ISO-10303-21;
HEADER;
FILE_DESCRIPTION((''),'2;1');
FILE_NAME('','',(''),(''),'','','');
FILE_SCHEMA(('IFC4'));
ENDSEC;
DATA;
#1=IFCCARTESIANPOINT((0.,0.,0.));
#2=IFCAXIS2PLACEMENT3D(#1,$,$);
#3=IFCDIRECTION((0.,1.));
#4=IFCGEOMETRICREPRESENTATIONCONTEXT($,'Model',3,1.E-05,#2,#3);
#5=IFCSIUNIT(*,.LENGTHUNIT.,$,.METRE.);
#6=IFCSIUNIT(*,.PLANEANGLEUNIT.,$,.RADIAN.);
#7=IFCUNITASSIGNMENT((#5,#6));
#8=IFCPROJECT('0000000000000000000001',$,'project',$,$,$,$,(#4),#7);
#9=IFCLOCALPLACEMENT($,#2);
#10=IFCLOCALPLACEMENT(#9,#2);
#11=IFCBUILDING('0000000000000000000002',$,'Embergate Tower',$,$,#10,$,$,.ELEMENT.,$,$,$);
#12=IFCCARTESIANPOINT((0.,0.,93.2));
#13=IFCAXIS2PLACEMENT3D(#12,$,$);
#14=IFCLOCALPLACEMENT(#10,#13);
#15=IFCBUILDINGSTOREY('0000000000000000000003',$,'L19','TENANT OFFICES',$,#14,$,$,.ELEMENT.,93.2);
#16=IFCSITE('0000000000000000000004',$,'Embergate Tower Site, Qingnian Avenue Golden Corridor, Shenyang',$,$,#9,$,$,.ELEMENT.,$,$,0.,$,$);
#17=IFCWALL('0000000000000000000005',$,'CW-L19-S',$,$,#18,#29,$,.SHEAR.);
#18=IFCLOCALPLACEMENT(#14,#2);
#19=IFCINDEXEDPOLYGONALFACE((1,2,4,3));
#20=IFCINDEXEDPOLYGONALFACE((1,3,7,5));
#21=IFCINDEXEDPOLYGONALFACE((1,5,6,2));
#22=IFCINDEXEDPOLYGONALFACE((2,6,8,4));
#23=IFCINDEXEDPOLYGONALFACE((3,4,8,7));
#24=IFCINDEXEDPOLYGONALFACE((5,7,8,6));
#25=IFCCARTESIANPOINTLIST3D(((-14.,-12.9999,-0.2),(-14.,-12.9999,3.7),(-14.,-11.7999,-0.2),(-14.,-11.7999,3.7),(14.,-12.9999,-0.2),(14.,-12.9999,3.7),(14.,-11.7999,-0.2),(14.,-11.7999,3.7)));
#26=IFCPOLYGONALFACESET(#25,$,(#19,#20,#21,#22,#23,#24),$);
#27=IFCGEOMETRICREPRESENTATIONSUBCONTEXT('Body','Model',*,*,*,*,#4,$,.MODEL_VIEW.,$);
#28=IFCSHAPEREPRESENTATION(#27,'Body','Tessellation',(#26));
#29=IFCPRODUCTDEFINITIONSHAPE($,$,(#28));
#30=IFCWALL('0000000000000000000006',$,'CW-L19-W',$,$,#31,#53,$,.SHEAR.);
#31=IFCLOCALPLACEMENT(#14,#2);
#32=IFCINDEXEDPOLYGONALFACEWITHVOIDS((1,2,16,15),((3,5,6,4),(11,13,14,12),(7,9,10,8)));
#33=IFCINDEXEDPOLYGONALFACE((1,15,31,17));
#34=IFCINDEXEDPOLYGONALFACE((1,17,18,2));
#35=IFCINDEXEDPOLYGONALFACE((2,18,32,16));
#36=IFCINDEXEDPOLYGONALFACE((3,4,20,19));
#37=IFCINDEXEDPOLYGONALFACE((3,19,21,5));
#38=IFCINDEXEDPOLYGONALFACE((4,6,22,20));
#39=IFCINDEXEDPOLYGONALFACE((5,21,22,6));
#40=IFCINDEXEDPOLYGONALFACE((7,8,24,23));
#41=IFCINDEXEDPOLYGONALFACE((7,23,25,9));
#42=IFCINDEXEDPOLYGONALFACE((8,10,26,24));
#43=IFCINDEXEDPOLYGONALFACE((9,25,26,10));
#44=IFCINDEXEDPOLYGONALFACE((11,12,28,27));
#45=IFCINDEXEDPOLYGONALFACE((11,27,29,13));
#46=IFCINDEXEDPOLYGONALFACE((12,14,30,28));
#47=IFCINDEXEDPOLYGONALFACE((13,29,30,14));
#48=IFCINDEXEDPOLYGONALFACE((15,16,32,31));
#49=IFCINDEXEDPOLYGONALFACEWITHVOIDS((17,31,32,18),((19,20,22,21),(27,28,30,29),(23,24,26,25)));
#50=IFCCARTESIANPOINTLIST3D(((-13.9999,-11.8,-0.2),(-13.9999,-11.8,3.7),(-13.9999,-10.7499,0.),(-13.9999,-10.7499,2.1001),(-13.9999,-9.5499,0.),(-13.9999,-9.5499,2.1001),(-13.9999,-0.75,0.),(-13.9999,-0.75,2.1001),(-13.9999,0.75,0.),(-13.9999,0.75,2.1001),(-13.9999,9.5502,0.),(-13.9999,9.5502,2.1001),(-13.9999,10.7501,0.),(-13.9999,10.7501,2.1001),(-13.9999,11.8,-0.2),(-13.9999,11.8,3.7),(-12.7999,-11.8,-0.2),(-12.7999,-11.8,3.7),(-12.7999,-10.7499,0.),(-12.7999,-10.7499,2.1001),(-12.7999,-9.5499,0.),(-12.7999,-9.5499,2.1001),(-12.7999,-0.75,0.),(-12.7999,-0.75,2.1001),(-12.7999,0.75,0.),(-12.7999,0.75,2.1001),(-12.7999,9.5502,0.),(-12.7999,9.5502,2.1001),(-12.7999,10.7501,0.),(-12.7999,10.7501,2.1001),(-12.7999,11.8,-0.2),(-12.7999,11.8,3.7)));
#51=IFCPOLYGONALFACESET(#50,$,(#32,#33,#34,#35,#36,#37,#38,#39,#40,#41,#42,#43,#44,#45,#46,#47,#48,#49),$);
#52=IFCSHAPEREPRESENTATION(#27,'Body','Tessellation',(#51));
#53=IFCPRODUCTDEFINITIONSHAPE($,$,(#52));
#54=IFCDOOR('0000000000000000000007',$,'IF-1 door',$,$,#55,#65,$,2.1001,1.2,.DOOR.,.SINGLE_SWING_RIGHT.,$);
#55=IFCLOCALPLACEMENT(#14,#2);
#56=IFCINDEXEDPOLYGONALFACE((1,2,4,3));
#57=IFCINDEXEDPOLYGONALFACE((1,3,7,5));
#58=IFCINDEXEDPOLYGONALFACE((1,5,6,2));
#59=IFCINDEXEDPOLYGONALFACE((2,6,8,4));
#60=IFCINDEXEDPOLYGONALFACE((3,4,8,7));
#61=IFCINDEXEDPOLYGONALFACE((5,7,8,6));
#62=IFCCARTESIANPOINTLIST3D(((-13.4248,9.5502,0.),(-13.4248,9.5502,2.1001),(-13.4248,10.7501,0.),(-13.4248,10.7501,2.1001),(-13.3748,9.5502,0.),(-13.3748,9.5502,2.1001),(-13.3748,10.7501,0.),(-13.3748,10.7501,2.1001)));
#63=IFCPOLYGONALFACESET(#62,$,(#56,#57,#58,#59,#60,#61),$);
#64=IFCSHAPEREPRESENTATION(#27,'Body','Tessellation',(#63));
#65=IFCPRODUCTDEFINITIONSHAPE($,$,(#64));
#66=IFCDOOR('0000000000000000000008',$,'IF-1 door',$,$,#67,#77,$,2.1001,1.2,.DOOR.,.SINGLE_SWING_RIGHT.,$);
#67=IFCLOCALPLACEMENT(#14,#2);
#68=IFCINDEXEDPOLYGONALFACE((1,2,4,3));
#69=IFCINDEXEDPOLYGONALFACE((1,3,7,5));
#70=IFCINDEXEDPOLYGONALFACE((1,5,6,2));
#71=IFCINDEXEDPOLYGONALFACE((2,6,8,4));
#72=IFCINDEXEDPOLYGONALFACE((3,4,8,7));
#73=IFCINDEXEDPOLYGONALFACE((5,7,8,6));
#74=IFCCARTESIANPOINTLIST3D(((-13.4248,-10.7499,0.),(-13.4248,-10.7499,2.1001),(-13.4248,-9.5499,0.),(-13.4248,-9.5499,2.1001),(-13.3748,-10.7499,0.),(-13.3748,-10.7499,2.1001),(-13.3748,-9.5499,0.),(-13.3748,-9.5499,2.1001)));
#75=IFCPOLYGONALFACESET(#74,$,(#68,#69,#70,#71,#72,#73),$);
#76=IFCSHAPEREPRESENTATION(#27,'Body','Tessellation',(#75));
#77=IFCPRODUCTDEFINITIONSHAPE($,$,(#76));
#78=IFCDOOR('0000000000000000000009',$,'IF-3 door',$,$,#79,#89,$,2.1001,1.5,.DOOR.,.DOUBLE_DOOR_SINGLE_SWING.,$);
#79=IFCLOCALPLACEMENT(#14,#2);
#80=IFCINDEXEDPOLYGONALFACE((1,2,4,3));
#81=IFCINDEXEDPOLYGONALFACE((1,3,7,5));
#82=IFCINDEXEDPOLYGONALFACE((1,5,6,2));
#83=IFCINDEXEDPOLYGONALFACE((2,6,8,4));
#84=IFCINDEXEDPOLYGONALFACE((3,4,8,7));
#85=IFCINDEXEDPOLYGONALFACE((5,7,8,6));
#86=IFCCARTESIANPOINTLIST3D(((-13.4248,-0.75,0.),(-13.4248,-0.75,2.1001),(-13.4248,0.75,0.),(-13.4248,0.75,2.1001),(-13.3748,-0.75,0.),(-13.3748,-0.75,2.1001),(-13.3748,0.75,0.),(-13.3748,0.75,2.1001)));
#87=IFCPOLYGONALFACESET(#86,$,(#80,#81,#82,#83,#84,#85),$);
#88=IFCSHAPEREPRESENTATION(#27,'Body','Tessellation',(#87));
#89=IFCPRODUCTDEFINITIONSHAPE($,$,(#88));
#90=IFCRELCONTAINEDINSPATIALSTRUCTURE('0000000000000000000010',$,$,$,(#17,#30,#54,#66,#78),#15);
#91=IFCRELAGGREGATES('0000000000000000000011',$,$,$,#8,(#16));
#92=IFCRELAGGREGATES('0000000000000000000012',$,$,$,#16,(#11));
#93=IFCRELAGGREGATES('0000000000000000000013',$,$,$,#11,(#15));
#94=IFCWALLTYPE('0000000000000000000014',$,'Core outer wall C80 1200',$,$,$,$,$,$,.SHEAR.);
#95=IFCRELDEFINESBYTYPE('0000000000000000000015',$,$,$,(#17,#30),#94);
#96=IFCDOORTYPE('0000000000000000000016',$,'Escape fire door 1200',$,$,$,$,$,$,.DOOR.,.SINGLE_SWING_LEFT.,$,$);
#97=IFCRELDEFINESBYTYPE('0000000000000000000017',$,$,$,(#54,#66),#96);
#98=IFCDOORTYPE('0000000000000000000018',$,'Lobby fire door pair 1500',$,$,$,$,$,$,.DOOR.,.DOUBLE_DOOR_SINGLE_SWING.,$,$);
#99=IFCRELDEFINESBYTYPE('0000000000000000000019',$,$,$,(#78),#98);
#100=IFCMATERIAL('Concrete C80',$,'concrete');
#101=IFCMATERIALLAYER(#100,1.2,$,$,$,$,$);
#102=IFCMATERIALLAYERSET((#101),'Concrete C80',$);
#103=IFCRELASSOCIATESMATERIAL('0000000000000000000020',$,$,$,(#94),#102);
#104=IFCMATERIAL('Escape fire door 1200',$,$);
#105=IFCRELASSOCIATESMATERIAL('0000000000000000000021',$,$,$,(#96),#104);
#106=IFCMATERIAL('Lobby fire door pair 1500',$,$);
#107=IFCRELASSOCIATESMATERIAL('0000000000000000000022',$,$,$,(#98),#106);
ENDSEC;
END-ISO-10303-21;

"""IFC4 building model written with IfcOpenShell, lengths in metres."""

from ifc_helpers import new_model, si_unit, direction, frame, frame_2d, origin, place, context, subcontext, project, spatial, rectangle, extrude, source, transform, mapped, material, layer, layer_set, type_object, element, fill, save


model = new_model("IFC4")

# Units and contexts
model_context = context("Model", 3, precision=1e-05, world=origin(), true_north=direction((0.0, 1.0)))
body_context = subcontext(model_context, "Body", "Model", "MODEL_VIEW")
ifc_project = project(units=[si_unit("LENGTHUNIT", "METRE"), si_unit("PLANEANGLEUNIT", "RADIAN")], contexts=[model_context])

# Site, building, storey
site_placement = place(None, origin())
site = spatial("IfcSite", under=ifc_project, at=site_placement, Name="Embergate Tower Site, Qingnian Avenue Golden Corridor, Shenyang", CompositionType="ELEMENT", RefElevation=0.0)
building_placement = place(site_placement, origin())
building = spatial("IfcBuilding", under=site, at=building_placement, Name="Embergate Tower", CompositionType="ELEMENT")
storey_placement = place(building_placement, frame((0.0, 0.0, 93.2)))
storey = spatial("IfcBuildingStorey", under=building, at=storey_placement, Name="L19", Description="TENANT OFFICES", CompositionType="ELEMENT", Elevation=93.2)

# Wall
ifc_material_1 = material(Name="Concrete C80", Category="concrete")
ifc_layer_1 = layer(ifc_material_1, 1.2)
ifc_layer_set_1 = layer_set([ifc_layer_1], Name="Concrete C80")
wall_type_1 = type_object("IfcWallType", Name="Core outer wall C80 1200", PredefinedType="SHEAR", material=ifc_layer_set_1)
shared_shape_1 = source(origin(), body_context, "Body", "SweptSolid", [
    extrude(rectangle(XDim=28.0, YDim=1.2, at=frame_2d((14.0, 0.0))), origin(), (0.0, 0.0, 1.0), 3.8999),
])
wall_1_placement = place(storey_placement, frame((-14.0, -12.3999, -0.2), z_axis=(0.0, 0.0, 1.0), x_axis=(1.0, 0.0, 0.0)))
element("IfcWall", 1, at=wall_1_placement, inside=storey, type_object=wall_type_1, Name="CW-L19-S", PredefinedType="SHEAR", context=body_context, shape_type="MappedRepresentation", body=[
    mapped(shared_shape_1, transform((0.0, 0.0, 0.0))),
])

# Wall, openings, doors
shared_shape_2 = source(origin(), body_context, "Body", "SweptSolid", [
    extrude(rectangle(XDim=23.6001, YDim=1.2, at=frame_2d((11.8, 0.0))), origin(), (0.0, 0.0, 1.0), 3.8999),
])
wall_2_placement = place(storey_placement, frame((-13.3999, -11.8, -0.2), z_axis=(0.0, 0.0, 1.0), x_axis=(0.0, 1.0, 0.0)))
wall_2 = element("IfcWall", 2, at=wall_2_placement, inside=storey, type_object=wall_type_1, Name="CW-L19-W", PredefinedType="SHEAR", context=body_context, shape_type="MappedRepresentation", body=[
    mapped(shared_shape_2, transform((0.0, 0.0, 0.0))),
])
shared_shape_3 = source(origin(), body_context, "Body", "SweptSolid", [
    extrude(rectangle(XDim=1.2, YDim=2.1001, at=frame_2d((0.6001, 1.05))), frame((0.0, 0.6099, 0.0), z_axis=(0.0, -1.0, 0.0), x_axis=(1.0, 0.0, 0.0)), (0.0, 0.0, 1.0), 1.22),
])
opening_1_placement = place(wall_2_placement, frame((21.3501, 0.0, 0.2)))
opening_1 = element("IfcOpeningElement", 3, at=opening_1_placement, cuts=wall_2, PredefinedType="OPENING", context=body_context, shape_type="MappedRepresentation", body=[
    mapped(shared_shape_3, transform((0.0, 0.0, 0.0))),
])
opening_2_placement = place(wall_2_placement, frame((1.05, 0.0, 0.2)))
opening_2 = element("IfcOpeningElement", 4, at=opening_2_placement, cuts=wall_2, PredefinedType="OPENING", context=body_context, shape_type="MappedRepresentation", body=[
    mapped(shared_shape_3, transform((0.0, 0.0, 0.0))),
])
shared_shape_4 = source(origin(), body_context, "Body", "SweptSolid", [
    extrude(rectangle(XDim=1.5, YDim=2.1001, at=frame_2d((0.75, 1.05))), frame((0.0, 0.6099, 0.0), z_axis=(0.0, -1.0, 0.0), x_axis=(1.0, 0.0, 0.0)), (0.0, 0.0, 1.0), 1.22),
])
opening_3_placement = place(wall_2_placement, frame((11.05, 0.0, 0.2)))
opening_3 = element("IfcOpeningElement", 5, at=opening_3_placement, cuts=wall_2, PredefinedType="OPENING", context=body_context, shape_type="MappedRepresentation", body=[
    mapped(shared_shape_4, transform((0.0, 0.0, 0.0))),
])
ifc_material_2 = material(Name="Escape fire door 1200")
door_type_1 = type_object("IfcDoorType", Name="Escape fire door 1200", OperationType="SINGLE_SWING_LEFT", PredefinedType="DOOR", material=ifc_material_2)
shared_shape_5 = source(origin(), body_context, "Body", "SweptSolid", [
    extrude(rectangle(XDim=1.2, YDim=2.1001, at=frame_2d((0.6001, 1.05))), frame((0.0, 0.0249, 0.0), z_axis=(0.0, -1.0, 0.0), x_axis=(1.0, 0.0, 0.0)), (0.0, 0.0, 1.0), 0.05),
])
door_1_placement = place(opening_1_placement, origin())
door_1 = element("IfcDoor", 6, at=door_1_placement, inside=storey, type_object=door_type_1, Name="IF-1 door", OperationType="SINGLE_SWING_RIGHT", OverallHeight=2.1001, OverallWidth=1.2, PredefinedType="DOOR", context=body_context, shape_type="MappedRepresentation", body=[
    mapped(shared_shape_5, transform((0.0, 0.0, 0.0))),
])
fill(opening_1, door_1)
door_2_placement = place(opening_2_placement, origin())
door_2 = element("IfcDoor", 7, at=door_2_placement, inside=storey, type_object=door_type_1, Name="IF-1 door", OperationType="SINGLE_SWING_RIGHT", OverallHeight=2.1001, OverallWidth=1.2, PredefinedType="DOOR", context=body_context, shape_type="MappedRepresentation", body=[
    mapped(shared_shape_5, transform((0.0, 0.0, 0.0))),
])
fill(opening_2, door_2)
ifc_material_3 = material(Name="Lobby fire door pair 1500")
door_type_2 = type_object("IfcDoorType", Name="Lobby fire door pair 1500", OperationType="DOUBLE_DOOR_SINGLE_SWING", PredefinedType="DOOR", material=ifc_material_3)
shared_shape_6 = source(origin(), body_context, "Body", "SweptSolid", [
    extrude(rectangle(XDim=1.5, YDim=2.1001, at=frame_2d((0.75, 1.05))), frame((0.0, 0.0249, 0.0), z_axis=(0.0, -1.0, 0.0), x_axis=(1.0, 0.0, 0.0)), (0.0, 0.0, 1.0), 0.05),
])
door_3_placement = place(opening_3_placement, origin())
door_3 = element("IfcDoor", 8, at=door_3_placement, inside=storey, type_object=door_type_2, Name="IF-3 door", OperationType="DOUBLE_DOOR_SINGLE_SWING", OverallHeight=2.1001, OverallWidth=1.5, PredefinedType="DOOR", context=body_context, shape_type="MappedRepresentation", body=[
    mapped(shared_shape_6, transform((0.0, 0.0, 0.0))),
])
fill(opening_3, door_3)

save(model, "model.ifc")
